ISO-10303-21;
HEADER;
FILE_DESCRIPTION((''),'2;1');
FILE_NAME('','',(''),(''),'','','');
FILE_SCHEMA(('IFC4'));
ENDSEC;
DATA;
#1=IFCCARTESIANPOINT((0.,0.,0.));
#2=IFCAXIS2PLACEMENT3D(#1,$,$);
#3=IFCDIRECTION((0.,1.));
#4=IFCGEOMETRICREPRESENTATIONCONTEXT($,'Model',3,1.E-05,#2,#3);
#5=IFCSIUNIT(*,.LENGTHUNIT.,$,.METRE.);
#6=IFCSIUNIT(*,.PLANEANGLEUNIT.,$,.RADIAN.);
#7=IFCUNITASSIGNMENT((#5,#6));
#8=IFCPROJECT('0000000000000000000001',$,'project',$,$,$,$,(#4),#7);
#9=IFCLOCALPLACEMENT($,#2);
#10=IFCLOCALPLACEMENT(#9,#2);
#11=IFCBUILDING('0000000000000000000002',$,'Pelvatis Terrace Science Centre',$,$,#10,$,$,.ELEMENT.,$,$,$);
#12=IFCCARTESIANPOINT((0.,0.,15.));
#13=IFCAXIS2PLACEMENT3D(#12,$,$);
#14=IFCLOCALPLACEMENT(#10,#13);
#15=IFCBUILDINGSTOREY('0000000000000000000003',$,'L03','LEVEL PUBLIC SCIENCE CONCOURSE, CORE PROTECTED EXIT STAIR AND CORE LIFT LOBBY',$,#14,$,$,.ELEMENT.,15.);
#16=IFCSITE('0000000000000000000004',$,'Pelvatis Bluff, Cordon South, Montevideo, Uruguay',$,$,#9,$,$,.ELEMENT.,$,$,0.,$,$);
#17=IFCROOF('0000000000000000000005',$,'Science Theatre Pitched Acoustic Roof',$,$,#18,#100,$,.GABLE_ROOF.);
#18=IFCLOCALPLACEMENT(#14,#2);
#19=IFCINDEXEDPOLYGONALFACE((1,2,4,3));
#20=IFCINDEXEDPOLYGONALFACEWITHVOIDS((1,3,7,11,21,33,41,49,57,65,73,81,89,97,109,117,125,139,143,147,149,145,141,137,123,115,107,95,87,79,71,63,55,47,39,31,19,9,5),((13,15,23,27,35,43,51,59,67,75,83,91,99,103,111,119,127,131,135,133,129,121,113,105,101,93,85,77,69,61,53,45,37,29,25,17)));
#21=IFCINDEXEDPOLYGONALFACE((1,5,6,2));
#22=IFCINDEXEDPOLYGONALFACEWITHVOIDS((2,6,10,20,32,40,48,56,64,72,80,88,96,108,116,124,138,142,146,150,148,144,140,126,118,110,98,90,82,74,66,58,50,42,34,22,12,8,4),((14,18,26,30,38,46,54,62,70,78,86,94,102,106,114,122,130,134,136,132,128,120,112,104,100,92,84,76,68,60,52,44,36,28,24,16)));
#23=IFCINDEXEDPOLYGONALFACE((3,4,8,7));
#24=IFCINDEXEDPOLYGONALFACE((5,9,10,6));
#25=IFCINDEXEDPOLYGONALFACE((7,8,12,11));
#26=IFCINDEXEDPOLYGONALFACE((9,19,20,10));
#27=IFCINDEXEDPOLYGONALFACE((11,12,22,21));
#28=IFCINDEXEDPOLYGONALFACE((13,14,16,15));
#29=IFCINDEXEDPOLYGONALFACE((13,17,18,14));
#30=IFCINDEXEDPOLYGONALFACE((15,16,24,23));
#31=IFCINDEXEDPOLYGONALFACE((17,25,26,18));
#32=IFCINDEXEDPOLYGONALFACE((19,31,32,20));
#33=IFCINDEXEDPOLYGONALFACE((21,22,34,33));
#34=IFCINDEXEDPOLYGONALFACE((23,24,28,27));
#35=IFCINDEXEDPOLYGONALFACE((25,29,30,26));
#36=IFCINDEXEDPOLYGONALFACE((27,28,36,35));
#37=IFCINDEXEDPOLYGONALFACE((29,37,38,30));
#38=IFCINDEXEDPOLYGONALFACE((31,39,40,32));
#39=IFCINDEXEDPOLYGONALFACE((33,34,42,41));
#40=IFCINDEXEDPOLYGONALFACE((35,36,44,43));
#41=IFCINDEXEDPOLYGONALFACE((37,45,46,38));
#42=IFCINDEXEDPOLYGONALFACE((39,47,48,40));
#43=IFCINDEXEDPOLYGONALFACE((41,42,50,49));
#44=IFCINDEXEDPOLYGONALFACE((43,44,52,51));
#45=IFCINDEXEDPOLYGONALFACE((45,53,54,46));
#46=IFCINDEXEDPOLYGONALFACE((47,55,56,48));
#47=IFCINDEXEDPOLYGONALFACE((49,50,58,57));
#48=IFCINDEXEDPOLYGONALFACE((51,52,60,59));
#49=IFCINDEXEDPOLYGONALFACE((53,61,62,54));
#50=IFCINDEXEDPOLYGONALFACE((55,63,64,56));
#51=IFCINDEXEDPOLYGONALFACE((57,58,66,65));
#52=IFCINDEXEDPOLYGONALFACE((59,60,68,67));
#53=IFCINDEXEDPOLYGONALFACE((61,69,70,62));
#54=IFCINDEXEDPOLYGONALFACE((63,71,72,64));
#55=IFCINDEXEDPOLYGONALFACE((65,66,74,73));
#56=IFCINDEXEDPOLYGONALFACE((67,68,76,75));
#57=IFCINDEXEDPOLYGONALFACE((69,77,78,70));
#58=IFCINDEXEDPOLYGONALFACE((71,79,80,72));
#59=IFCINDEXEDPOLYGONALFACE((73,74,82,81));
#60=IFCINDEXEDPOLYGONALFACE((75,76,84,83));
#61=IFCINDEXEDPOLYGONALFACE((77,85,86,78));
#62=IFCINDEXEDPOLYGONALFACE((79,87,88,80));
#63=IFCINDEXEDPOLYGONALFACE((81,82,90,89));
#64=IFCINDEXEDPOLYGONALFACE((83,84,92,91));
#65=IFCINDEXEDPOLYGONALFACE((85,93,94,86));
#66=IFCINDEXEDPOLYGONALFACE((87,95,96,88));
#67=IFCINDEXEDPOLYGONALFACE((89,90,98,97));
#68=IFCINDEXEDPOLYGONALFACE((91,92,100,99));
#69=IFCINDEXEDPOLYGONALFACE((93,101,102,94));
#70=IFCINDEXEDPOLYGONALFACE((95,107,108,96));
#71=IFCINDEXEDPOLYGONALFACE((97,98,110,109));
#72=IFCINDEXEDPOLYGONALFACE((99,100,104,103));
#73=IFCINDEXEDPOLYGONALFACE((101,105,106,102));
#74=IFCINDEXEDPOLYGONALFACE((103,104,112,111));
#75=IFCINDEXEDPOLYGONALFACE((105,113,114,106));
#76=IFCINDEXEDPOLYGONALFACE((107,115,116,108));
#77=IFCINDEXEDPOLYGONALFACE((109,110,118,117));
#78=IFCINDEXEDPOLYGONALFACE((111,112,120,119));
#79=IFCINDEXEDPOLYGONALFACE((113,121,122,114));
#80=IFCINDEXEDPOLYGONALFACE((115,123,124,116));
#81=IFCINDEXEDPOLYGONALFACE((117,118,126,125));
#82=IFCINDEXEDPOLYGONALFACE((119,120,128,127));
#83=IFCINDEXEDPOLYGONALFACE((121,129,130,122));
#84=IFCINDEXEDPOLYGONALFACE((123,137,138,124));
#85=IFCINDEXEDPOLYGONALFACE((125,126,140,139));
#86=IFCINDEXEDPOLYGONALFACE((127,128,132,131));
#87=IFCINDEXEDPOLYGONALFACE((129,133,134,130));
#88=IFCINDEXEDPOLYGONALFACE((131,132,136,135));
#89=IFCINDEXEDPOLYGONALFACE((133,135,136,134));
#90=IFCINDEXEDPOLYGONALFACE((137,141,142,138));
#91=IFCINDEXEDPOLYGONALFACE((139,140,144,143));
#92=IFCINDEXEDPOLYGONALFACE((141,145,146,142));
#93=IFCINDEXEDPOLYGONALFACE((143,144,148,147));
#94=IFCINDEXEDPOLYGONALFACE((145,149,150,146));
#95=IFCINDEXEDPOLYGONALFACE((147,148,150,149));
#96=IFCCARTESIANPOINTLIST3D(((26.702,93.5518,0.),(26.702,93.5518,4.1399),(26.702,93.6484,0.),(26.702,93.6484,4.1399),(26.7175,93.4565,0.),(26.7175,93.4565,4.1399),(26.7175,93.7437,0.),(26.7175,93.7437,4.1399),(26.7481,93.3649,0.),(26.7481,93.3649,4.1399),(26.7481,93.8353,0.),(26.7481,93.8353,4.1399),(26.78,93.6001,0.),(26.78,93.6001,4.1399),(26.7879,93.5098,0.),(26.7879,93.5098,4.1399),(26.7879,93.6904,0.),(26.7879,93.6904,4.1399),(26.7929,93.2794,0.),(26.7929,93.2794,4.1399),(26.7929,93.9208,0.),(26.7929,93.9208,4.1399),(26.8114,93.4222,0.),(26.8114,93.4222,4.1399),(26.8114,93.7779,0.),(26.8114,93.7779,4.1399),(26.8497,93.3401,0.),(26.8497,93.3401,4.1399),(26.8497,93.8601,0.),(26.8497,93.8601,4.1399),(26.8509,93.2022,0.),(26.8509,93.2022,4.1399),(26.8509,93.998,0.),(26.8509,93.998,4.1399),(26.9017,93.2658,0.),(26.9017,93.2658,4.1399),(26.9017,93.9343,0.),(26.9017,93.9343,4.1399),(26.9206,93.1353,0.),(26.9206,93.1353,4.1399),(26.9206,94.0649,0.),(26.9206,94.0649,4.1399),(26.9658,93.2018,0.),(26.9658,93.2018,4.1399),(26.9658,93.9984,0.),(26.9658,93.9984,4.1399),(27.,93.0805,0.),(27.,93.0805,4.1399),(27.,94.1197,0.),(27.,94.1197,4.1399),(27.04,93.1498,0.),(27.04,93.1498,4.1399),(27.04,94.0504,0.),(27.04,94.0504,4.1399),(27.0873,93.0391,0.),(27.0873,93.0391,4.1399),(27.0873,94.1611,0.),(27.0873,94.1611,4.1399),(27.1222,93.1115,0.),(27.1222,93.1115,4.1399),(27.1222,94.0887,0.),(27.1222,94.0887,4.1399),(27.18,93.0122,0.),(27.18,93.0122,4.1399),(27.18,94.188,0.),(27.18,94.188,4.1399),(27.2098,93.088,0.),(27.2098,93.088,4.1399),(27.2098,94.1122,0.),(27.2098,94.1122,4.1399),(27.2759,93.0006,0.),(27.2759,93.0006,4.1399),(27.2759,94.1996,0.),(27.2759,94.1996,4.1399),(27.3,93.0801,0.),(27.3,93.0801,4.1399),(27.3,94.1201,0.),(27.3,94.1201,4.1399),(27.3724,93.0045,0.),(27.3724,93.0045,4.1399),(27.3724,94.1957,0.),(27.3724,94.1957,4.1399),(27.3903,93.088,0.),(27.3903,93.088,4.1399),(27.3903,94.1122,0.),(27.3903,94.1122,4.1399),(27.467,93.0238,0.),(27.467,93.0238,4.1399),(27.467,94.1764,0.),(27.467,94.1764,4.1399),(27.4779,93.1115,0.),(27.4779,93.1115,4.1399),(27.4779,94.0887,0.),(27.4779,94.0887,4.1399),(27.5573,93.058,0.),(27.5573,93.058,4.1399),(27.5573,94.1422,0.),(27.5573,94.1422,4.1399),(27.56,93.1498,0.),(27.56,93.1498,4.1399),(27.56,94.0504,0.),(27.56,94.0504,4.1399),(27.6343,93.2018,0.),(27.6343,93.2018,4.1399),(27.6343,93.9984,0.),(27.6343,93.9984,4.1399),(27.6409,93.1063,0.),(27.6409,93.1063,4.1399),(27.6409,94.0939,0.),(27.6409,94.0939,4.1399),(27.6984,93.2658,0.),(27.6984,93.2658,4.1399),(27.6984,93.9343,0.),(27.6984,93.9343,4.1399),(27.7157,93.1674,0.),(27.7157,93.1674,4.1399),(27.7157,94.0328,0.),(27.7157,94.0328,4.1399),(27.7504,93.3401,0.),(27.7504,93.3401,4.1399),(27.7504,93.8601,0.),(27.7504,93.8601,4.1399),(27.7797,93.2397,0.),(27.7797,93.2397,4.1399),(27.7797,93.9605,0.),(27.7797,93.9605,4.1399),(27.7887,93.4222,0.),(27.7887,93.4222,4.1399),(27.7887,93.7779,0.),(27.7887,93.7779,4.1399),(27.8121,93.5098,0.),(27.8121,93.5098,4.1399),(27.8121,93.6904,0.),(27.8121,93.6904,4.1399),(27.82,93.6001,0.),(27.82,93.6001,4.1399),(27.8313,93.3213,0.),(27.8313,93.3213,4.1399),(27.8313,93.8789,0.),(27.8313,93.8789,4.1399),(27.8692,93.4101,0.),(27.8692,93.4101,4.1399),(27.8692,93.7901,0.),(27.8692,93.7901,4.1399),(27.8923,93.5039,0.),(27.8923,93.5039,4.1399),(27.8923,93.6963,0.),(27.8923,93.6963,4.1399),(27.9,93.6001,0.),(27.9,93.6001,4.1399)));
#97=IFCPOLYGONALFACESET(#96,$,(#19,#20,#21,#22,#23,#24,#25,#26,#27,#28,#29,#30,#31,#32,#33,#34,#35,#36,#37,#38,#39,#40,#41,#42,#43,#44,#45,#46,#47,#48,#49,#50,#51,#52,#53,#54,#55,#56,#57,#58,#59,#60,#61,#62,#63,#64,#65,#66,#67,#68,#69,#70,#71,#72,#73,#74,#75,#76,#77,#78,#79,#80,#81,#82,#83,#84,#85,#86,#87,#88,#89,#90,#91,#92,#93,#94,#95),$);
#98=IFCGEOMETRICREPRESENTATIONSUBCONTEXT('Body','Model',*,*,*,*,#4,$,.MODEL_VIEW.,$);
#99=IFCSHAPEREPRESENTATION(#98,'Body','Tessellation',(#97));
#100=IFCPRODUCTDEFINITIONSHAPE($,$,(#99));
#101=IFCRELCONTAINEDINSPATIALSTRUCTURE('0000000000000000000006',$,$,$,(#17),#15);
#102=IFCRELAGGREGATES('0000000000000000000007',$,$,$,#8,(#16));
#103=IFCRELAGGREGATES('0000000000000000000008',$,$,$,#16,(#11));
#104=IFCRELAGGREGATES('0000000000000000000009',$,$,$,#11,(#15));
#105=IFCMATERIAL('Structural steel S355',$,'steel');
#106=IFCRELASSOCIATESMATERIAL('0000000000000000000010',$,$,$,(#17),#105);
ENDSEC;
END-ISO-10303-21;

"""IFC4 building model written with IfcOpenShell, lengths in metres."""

from ifc_helpers import new_model, si_unit, direction, frame, origin, origin_2d, place, context, subcontext, project, spatial, hollow_circle, extrude, material, element, save


model = new_model("IFC4")

# Units and contexts
model_context = context("Model", 3, precision=1e-05, world=origin(), true_north=direction((0.0, 1.0)))
body_context = subcontext(model_context, "Body", "Model", "MODEL_VIEW")
ifc_project = project(units=[si_unit("LENGTHUNIT", "METRE"), si_unit("PLANEANGLEUNIT", "RADIAN")], contexts=[model_context])

# Site, building, storey
site_placement = place(None, origin())
site = spatial("IfcSite", under=ifc_project, at=site_placement, Name="Pelvatis Bluff, Cordon South, Montevideo, Uruguay", CompositionType="ELEMENT", RefElevation=0.0)
building_placement = place(site_placement, origin())
building = spatial("IfcBuilding", under=site, at=building_placement, Name="Pelvatis Terrace Science Centre", CompositionType="ELEMENT")
storey_placement = place(building_placement, frame((0.0, 0.0, 15.0)))
storey = spatial("IfcBuildingStorey", under=building, at=storey_placement, Name="L03", Description="LEVEL PUBLIC SCIENCE CONCOURSE, CORE PROTECTED EXIT STAIR AND CORE LIFT LOBBY", CompositionType="ELEMENT", Elevation=15.0)

# Roof
ifc_material_1 = material(Name="Structural steel S355", Category="steel")
roof_placement = place(storey_placement, frame((27.3, 93.6001, 0.0)))
element("IfcRoof", 1, at=roof_placement, inside=storey, material=ifc_material_1, Name="Science Theatre Pitched Acoustic Roof", PredefinedType="GABLE_ROOF", context=body_context, shape_type="SweptSolid", body=[
    extrude(hollow_circle(Radius=0.6, WallThickness=0.08, at=origin_2d()), origin(), (0.0, 0.0, 1.0), 4.1399),
])

save(model, "model.ifc")
